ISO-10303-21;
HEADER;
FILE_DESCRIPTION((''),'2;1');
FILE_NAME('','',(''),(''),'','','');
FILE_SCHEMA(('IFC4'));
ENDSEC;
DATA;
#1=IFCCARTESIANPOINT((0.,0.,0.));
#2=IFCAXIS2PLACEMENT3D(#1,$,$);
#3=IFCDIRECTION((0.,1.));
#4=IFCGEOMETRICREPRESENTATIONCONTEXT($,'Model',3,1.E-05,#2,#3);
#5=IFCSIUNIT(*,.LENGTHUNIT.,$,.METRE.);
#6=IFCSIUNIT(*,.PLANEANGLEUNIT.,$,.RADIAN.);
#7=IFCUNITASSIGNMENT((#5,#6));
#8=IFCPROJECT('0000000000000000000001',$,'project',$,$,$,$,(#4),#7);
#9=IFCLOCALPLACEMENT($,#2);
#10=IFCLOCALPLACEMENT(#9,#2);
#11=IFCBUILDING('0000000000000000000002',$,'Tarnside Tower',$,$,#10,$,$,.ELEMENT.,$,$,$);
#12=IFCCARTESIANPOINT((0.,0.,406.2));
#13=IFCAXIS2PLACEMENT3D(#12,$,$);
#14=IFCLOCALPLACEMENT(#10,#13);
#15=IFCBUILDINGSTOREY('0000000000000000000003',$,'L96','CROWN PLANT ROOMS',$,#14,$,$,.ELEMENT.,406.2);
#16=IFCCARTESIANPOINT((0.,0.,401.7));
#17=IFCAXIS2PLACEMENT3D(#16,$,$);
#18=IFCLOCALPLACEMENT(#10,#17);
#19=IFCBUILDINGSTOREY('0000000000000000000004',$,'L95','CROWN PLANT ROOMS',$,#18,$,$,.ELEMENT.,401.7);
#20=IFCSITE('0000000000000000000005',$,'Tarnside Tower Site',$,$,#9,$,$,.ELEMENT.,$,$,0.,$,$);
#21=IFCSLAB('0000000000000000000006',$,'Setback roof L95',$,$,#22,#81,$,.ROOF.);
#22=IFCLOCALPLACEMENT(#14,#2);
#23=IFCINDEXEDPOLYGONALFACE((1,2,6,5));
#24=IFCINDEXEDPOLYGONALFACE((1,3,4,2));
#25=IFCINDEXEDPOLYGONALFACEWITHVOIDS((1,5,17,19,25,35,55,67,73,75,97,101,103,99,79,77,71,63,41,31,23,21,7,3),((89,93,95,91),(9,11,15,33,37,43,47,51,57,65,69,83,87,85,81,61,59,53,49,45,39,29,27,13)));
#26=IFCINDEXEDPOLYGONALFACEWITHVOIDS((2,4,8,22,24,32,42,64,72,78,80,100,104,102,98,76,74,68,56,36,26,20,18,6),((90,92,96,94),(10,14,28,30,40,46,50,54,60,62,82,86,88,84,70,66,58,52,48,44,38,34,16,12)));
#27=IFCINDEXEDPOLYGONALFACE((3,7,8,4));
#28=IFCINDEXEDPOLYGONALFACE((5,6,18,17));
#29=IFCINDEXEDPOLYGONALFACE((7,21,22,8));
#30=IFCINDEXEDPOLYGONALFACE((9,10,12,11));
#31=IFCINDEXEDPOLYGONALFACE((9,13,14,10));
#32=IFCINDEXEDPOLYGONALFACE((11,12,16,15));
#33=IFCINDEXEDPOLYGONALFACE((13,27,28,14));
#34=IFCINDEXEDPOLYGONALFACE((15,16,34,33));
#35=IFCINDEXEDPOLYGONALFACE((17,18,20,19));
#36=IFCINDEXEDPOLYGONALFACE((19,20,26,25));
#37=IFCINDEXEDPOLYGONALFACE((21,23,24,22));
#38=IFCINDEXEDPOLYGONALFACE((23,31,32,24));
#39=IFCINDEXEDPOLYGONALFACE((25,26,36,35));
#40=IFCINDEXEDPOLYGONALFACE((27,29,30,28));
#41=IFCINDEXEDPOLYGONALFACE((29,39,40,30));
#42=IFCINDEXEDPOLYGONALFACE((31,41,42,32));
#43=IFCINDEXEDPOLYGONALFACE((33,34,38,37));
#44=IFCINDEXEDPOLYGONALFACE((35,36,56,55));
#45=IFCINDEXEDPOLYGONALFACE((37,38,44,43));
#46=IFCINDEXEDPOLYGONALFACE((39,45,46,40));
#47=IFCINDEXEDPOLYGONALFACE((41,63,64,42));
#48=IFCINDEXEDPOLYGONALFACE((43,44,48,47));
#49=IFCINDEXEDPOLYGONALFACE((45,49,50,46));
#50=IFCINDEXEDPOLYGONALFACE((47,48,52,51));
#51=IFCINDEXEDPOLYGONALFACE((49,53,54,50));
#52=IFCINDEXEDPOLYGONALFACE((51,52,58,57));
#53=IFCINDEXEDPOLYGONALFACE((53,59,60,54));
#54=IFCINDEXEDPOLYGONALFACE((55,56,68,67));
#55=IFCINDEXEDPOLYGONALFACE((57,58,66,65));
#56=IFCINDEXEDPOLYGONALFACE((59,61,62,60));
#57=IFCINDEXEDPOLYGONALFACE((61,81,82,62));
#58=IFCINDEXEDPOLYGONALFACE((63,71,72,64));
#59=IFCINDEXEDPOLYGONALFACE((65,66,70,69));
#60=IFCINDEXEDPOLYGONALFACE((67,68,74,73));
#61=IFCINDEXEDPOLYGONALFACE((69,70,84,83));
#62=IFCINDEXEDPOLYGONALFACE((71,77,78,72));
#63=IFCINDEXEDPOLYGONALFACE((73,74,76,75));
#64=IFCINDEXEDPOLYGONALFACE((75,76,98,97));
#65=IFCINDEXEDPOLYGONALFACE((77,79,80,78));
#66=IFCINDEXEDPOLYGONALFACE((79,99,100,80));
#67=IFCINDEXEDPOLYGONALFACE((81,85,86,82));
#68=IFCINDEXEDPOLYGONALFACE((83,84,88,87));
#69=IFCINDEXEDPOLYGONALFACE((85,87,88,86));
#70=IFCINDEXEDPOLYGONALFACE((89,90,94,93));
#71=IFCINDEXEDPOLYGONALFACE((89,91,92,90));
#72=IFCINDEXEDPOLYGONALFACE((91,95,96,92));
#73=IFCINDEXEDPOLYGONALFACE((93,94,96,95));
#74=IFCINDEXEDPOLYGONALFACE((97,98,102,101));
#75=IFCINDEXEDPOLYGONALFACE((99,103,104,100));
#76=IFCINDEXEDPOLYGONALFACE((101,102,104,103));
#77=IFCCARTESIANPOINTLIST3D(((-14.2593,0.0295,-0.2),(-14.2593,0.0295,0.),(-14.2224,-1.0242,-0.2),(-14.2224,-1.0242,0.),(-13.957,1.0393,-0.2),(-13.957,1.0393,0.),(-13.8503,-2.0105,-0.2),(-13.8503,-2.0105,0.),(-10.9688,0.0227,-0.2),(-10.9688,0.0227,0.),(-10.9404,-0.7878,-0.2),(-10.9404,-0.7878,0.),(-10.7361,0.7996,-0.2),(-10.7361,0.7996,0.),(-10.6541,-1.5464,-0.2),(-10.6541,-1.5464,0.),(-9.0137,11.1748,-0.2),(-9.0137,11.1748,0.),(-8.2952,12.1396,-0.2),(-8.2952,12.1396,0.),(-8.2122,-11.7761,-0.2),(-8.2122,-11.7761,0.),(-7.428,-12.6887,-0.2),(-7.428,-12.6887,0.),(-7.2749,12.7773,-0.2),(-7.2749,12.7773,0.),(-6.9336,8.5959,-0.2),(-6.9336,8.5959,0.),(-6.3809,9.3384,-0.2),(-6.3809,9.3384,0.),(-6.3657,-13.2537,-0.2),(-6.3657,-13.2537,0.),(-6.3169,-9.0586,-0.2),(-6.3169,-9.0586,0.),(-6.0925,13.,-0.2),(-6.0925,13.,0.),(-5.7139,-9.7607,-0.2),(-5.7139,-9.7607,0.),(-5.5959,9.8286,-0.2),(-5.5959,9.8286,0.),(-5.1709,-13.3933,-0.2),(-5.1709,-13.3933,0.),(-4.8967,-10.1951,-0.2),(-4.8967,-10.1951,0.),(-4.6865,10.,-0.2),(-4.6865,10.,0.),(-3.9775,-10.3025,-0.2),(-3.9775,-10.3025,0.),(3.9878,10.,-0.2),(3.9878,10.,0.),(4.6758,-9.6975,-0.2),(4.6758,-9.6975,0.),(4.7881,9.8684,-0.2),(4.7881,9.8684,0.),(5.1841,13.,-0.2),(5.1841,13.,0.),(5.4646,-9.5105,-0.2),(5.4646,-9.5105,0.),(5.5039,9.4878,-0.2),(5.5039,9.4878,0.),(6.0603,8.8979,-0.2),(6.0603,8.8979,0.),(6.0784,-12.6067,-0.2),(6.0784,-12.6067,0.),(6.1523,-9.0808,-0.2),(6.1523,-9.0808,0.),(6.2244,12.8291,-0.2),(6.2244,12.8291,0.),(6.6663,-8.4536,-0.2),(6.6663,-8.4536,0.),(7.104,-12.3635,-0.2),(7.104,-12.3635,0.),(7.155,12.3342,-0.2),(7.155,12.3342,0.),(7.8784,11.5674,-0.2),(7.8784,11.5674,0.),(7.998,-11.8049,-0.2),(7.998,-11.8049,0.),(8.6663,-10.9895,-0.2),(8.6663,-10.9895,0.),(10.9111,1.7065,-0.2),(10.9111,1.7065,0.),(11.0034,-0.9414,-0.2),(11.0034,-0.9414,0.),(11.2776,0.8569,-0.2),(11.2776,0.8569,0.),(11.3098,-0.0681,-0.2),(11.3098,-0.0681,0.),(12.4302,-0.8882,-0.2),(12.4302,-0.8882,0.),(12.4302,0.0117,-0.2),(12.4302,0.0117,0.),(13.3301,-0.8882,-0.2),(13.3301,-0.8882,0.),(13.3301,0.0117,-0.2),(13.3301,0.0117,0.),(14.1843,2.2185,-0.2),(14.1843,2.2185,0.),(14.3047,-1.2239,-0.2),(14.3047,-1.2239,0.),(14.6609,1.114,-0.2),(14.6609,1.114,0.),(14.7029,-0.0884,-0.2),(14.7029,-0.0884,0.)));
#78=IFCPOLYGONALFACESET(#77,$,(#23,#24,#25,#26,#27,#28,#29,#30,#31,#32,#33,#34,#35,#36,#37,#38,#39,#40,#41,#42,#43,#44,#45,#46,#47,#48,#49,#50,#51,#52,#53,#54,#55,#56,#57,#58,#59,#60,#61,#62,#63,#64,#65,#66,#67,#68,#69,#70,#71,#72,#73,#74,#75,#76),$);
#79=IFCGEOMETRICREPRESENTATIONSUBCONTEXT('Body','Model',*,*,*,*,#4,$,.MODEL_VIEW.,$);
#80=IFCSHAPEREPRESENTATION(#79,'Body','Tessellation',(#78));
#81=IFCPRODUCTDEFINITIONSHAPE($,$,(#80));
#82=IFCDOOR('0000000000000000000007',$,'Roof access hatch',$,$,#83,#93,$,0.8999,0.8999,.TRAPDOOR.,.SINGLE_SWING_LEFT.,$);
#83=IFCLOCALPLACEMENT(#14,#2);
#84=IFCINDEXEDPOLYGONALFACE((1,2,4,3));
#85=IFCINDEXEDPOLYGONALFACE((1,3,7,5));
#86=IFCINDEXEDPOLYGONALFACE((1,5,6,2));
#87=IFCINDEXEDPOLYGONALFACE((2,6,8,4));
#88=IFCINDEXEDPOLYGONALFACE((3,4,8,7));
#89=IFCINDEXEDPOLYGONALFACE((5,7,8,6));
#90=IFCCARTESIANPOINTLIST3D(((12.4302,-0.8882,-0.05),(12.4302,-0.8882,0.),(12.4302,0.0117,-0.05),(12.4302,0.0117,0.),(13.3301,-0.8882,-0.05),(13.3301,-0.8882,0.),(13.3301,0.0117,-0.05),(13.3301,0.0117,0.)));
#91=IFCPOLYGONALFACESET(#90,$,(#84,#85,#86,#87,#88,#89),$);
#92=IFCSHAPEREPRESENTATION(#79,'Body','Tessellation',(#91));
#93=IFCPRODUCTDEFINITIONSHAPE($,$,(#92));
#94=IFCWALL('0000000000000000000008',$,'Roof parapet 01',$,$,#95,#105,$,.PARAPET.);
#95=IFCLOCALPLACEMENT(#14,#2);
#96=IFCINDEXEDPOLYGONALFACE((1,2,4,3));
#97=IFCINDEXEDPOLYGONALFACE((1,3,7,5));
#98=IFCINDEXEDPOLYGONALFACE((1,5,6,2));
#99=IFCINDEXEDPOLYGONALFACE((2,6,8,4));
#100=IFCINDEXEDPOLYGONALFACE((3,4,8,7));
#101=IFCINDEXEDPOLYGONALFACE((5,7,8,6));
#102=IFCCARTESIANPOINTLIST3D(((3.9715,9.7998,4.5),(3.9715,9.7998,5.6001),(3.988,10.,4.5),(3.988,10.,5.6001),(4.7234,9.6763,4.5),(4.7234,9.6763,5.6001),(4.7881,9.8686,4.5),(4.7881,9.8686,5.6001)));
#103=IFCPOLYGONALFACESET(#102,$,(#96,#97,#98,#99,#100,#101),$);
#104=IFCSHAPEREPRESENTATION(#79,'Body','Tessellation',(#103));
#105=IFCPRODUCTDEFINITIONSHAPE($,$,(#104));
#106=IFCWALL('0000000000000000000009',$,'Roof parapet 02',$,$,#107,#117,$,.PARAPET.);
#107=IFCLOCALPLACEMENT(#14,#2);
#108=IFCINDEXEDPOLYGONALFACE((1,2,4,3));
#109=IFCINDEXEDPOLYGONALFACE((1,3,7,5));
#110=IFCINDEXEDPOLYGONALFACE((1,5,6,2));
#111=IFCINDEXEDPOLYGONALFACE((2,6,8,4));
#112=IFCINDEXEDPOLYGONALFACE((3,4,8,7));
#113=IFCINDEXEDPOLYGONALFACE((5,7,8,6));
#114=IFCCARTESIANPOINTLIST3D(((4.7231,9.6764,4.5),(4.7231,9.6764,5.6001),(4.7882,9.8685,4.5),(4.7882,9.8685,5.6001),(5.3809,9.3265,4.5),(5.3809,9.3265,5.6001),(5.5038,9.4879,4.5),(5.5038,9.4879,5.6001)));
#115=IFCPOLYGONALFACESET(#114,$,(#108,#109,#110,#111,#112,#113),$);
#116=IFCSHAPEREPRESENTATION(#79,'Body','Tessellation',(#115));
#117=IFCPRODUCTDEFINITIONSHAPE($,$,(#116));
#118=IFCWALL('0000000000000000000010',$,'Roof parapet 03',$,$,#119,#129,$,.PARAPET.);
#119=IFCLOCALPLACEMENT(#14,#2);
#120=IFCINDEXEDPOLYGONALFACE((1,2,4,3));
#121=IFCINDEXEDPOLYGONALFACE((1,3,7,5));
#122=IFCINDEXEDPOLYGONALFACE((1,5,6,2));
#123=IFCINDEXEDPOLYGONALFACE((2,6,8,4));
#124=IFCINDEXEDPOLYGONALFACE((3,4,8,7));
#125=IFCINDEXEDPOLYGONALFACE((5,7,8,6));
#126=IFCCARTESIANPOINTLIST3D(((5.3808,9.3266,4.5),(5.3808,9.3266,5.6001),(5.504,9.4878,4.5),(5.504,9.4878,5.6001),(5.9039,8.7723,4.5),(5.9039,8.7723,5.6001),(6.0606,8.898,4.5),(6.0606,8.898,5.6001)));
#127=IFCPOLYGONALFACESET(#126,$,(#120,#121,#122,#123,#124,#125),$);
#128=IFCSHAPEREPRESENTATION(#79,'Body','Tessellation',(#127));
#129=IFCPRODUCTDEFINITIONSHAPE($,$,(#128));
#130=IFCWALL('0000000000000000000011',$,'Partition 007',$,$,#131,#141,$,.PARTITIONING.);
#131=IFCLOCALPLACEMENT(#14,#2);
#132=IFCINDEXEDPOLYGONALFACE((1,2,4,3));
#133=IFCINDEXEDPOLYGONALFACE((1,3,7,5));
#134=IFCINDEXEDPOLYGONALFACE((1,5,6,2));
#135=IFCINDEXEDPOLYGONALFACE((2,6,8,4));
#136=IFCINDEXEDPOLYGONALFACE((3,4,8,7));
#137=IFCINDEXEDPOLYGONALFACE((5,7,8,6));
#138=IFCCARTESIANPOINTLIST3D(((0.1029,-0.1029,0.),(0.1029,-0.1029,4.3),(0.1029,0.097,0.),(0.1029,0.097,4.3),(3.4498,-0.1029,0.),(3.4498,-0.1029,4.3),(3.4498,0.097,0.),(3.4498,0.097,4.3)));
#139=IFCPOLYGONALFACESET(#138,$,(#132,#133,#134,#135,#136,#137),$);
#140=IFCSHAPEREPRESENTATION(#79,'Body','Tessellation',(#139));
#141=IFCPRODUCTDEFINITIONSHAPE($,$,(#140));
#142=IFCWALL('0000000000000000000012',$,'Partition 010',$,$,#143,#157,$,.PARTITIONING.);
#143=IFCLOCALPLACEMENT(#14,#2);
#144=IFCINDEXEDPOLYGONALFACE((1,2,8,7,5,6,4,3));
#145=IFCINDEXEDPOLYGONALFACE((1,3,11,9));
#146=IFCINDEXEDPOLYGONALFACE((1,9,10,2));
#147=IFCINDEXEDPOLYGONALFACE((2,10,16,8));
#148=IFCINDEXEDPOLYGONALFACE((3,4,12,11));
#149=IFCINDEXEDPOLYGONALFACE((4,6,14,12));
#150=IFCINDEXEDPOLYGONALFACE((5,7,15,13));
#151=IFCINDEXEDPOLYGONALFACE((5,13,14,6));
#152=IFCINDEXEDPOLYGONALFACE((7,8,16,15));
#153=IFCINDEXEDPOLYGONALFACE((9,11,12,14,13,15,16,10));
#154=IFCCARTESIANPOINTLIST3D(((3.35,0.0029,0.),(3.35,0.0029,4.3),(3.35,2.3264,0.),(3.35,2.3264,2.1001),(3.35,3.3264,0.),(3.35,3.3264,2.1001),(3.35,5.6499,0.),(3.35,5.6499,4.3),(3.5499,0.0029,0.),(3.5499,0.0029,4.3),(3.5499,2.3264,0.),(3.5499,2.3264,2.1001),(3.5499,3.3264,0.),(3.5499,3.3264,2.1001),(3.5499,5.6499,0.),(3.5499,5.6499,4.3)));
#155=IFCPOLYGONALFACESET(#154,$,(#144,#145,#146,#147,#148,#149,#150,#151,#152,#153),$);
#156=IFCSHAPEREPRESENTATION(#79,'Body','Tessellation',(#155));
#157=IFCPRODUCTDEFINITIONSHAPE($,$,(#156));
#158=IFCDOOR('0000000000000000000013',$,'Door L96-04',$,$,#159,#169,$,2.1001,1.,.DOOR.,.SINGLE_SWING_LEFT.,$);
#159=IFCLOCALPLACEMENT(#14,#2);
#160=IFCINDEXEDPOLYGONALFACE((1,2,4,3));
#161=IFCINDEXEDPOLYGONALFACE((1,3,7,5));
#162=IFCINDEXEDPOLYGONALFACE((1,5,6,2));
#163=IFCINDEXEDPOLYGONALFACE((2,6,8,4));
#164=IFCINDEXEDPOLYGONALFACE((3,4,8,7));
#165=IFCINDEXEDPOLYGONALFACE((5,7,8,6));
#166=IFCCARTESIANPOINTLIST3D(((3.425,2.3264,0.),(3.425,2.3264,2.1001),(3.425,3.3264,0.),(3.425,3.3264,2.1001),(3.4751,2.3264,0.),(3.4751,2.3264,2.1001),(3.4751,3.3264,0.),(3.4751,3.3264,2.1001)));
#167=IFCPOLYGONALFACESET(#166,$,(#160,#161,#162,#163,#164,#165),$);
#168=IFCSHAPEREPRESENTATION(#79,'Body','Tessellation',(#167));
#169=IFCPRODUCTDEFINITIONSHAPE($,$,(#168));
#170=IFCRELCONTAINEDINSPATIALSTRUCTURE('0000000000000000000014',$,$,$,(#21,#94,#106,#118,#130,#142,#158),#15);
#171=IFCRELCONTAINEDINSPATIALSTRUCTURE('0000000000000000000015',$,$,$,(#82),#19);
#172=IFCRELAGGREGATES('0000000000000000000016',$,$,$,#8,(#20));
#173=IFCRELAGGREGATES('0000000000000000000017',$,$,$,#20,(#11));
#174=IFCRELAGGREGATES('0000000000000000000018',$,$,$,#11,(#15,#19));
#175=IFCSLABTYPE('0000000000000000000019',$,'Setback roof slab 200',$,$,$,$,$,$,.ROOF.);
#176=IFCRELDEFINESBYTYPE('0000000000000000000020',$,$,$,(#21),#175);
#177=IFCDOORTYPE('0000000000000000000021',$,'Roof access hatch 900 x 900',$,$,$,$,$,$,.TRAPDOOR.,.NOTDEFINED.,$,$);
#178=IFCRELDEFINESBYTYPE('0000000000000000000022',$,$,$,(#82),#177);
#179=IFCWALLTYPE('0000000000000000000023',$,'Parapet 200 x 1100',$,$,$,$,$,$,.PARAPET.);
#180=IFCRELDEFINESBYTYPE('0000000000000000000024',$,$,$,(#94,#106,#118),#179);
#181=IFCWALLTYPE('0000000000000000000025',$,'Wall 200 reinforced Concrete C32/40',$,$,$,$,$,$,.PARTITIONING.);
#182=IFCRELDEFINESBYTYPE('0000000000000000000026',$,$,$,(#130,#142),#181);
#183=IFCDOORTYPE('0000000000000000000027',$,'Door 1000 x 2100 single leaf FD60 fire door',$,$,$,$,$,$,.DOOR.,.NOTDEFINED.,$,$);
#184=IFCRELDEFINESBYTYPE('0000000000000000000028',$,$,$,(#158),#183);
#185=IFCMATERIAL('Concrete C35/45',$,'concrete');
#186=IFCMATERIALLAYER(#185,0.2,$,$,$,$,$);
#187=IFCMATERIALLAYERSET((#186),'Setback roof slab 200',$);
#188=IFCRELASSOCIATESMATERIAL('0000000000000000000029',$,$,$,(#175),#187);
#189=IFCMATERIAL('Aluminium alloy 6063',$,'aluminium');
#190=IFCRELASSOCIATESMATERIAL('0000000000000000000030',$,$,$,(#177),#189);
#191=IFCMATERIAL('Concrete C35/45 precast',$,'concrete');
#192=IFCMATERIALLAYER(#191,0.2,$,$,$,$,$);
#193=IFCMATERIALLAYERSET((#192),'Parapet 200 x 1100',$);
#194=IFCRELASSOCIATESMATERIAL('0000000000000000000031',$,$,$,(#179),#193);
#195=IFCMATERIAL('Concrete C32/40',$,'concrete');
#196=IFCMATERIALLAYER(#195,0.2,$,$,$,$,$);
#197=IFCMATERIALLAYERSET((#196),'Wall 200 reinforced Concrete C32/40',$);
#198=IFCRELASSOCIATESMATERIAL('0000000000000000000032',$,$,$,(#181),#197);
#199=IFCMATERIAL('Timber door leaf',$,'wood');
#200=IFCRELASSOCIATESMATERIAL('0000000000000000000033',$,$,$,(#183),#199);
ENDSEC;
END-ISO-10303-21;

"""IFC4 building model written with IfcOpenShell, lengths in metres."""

from ifc_helpers import new_model, si_unit, direction, frame, frame_2d, origin, origin_2d, place, context, subcontext, project, spatial, polyline, rectangle, outline, extrude, material, layer, layer_set, type_object, element, fill, save


model = new_model("IFC4")

# Units and contexts
model_context = context("Model", 3, precision=1e-05, world=origin(), true_north=direction((0.0, 1.0)))
body_context = subcontext(model_context, "Body", "Model", "MODEL_VIEW")
ifc_project = project(units=[si_unit("LENGTHUNIT", "METRE"), si_unit("PLANEANGLEUNIT", "RADIAN")], contexts=[model_context])

# Site, building, storey
site_placement = place(None, origin())
site = spatial("IfcSite", under=ifc_project, at=site_placement, Name="Tarnside Tower Site", CompositionType="ELEMENT", RefElevation=0.0)
building_placement = place(site_placement, origin())
building = spatial("IfcBuilding", under=site, at=building_placement, Name="Tarnside Tower", CompositionType="ELEMENT")
storey_1_placement = place(building_placement, frame((0.0, 0.0, 406.2)))
storey_1 = spatial("IfcBuildingStorey", under=building, at=storey_1_placement, Name="L96", Description="CROWN PLANT ROOMS", CompositionType="ELEMENT", Elevation=406.2)

# Shared definitions
ifc_material_1 = material(Name="Aluminium alloy 6063", Category="aluminium")

# Shared definitions
ifc_material_2 = material(Name="Concrete C35/45", Category="concrete")

# Slab, opening
ifc_layer_1 = layer(ifc_material_2, 0.2)
ifc_layer_set_1 = layer_set([ifc_layer_1], Name="Setback roof slab 200")
slab_type_1 = type_object("IfcSlabType", Name="Setback roof slab 200", PredefinedType="ROOF", material=ifc_layer_set_1)
slab_1_placement = place(storey_1_placement, frame((0.0, 0.0, -0.2)))
slab_1 = element("IfcSlab", 1, at=slab_1_placement, inside=storey_1, type_object=slab_type_1, Name="Setback roof L95", PredefinedType="ROOF", context=body_context, shape_type="SweptSolid", body=[
    extrude(outline(polyline([(6.2244, 12.8291), (7.155, 12.3342), (7.8784, 11.5674), (14.1843, 2.2185), (14.6609, 1.114), (14.7029, -0.0884), (14.3047, -1.2239), (8.6663, -10.9895), (7.998, -11.8049), (7.104, -12.3635), (6.0784, -12.6067), (-5.1709, -13.3933), (-6.3657, -13.2537), (-7.428, -12.6887), (-8.2122, -11.7761), (-13.8503, -2.0105), (-14.2224, -1.0242), (-14.2593, 0.0295), (-13.957, 1.0393), (-9.0137, 11.1748), (-8.2952, 12.1396), (-7.2749, 12.7773), (-6.0925, 13.0), (5.1841, 13.0), (6.2244, 12.8291)]), holes=[polyline([(3.9878, 10.0), (-4.6865, 10.0), (-5.5959, 9.8286), (-6.3809, 9.3384), (-6.9336, 8.5959), (-10.7361, 0.7996), (-10.9688, 0.0227), (-10.9404, -0.7878), (-10.6541, -1.5464), (-6.3169, -9.0586), (-5.7139, -9.7607), (-4.8967, -10.1951), (-3.9775, -10.3025), (4.6758, -9.6975), (5.4646, -9.5105), (6.1523, -9.0808), (6.6663, -8.4536), (11.0034, -0.9414), (11.3098, -0.0681), (11.2776, 0.8569), (10.9111, 1.7065), (6.0603, 8.8979), (5.5039, 9.4878), (4.7881, 9.8684), (3.9878, 10.0)])]), origin(), (0.0, 0.0, 1.0), 0.2),
])
opening_1_placement = place(slab_1_placement, frame((12.8801, -0.4382, 0.0)))
opening_1 = element("IfcOpeningElement", 2, at=opening_1_placement, cuts=slab_1, PredefinedType="OPENING", context=body_context, shape_type="SweptSolid", body=[
    extrude(rectangle(XDim=0.8999, YDim=0.8999, at=origin_2d()), origin(), (0.0, 0.0, 1.0), 0.2),
])

# Shared definitions
storey_2_placement = place(building_placement, frame((0.0, 0.0, 401.7)))
storey_2 = spatial("IfcBuildingStorey", under=building, at=storey_2_placement, Name="L95", Description="CROWN PLANT ROOMS", CompositionType="ELEMENT", Elevation=401.7)

# Door
door_type_1 = type_object("IfcDoorType", Name="Roof access hatch 900 x 900", OperationType="NOTDEFINED", PredefinedType="TRAPDOOR", material=ifc_material_1)
door_1_placement = place(opening_1_placement, frame((0.0, 0.0, 0.1499)))
door_1 = element("IfcDoor", 3, at=door_1_placement, inside=storey_2, type_object=door_type_1, Name="Roof access hatch", OperationType="SINGLE_SWING_LEFT", OverallHeight=0.8999, OverallWidth=0.8999, PredefinedType="TRAPDOOR", context=body_context, shape_type="SweptSolid", body=[
    extrude(rectangle(XDim=0.8999, YDim=0.8999, at=origin_2d()), origin(), (0.0, 0.0, 1.0), 0.05),
])
fill(opening_1, door_1)

# Walls
ifc_material_3 = material(Name="Concrete C35/45 precast", Category="concrete")
ifc_layer_2 = layer(ifc_material_3, 0.2)
ifc_layer_set_2 = layer_set([ifc_layer_2], Name="Parapet 200 x 1100")
wall_type_1 = type_object("IfcWallType", Name="Parapet 200 x 1100", PredefinedType="PARAPET", material=ifc_layer_set_2)
wall_1_placement = place(storey_1_placement, frame((3.9797, 9.8999, 4.5), z_axis=(0.0, 0.0, 1.0), x_axis=(0.986777, -0.162082, 0.0)))
element("IfcWall", 4, at=wall_1_placement, inside=storey_1, type_object=wall_type_1, Name="Roof parapet 01", PredefinedType="PARAPET", context=body_context, shape_type="SweptSolid", body=[
    extrude(outline(polyline([(0.0081, -0.1001), (0.77, -0.1001), (0.8027, 0.1001), (-0.0081, 0.1001), (0.0081, -0.1001)])), origin(), (0.0, 0.0, 1.0), 1.1001),
])
wall_2_placement = place(storey_1_placement, frame((4.7556, 9.7725, 4.5), z_axis=(0.0, 0.0, 1.0), x_axis=(0.882908, -0.469545, 0.0)))
element("IfcWall", 5, at=wall_2_placement, inside=storey_1, type_object=wall_type_1, Name="Roof parapet 02", PredefinedType="PARAPET", context=body_context, shape_type="SweptSolid", body=[
    extrude(outline(polyline([(0.0164, -0.1001), (0.7615, -0.1001), (0.7942, 0.1001), (-0.0164, 0.1001), (0.0164, -0.1001)])), origin(), (0.0, 0.0, 1.0), 1.1001),
])
wall_3_placement = place(storey_1_placement, frame((5.4424, 9.4072, 4.5), z_axis=(0.0, 0.0, 1.0), x_axis=(0.686323, -0.727297, 0.0)))
element("IfcWall", 6, at=wall_3_placement, inside=storey_1, type_object=wall_type_1, Name="Roof parapet 03", PredefinedType="PARAPET", context=body_context, shape_type="SweptSolid", body=[
    extrude(outline(polyline([(0.0164, -0.1001), (0.7786, -0.1001), (0.7947, 0.1001), (-0.0164, 0.1001), (0.0164, -0.1001)])), origin(), (0.0, 0.0, 1.0), 1.1001),
])
ifc_material_4 = material(Name="Concrete C32/40", Category="concrete")
ifc_layer_3 = layer(ifc_material_4, 0.2)
ifc_layer_set_3 = layer_set([ifc_layer_3], Name="Wall 200 reinforced Concrete C32/40")
wall_type_2 = type_object("IfcWallType", Name="Wall 200 reinforced Concrete C32/40", PredefinedType="PARTITIONING", material=ifc_layer_set_3)
wall_4_placement = place(storey_1_placement, frame((0.103, -0.0029, 0.0), z_axis=(0.0, 0.0, 1.0), x_axis=(1.0, 0.0, 0.0)))
element("IfcWall", 7, at=wall_4_placement, inside=storey_1, type_object=wall_type_2, Name="Partition 007", PredefinedType="PARTITIONING", context=body_context, shape_type="SweptSolid", body=[
    extrude(rectangle(XDim=3.3469, YDim=0.2, at=frame_2d((1.6733, 0.0))), origin(), (0.0, 0.0, 1.0), 4.3),
])

# Wall, opening, door
wall_5_placement = place(storey_1_placement, frame((3.45, 0.0029, 0.0), z_axis=(0.0, 0.0, 1.0), x_axis=(0.0, 1.0, 0.0)))
wall_5 = element("IfcWall", 8, at=wall_5_placement, inside=storey_1, type_object=wall_type_2, Name="Partition 010", PredefinedType="PARTITIONING", context=body_context, shape_type="SweptSolid", body=[
    extrude(rectangle(XDim=5.647, YDim=0.2, at=frame_2d((2.8235, 0.0))), origin(), (0.0, 0.0, 1.0), 4.3),
])
opening_2_placement = place(wall_5_placement, frame((2.3235, 0.0, 0.0)))
opening_2 = element("IfcOpeningElement", 9, at=opening_2_placement, cuts=wall_5, PredefinedType="OPENING", context=body_context, shape_type="SweptSolid", body=[
    extrude(rectangle(XDim=1.0, YDim=2.1001, at=frame_2d((0.5, 1.05))), frame((0.0, 0.1099, 0.0), z_axis=(0.0, -1.0, 0.0), x_axis=(1.0, 0.0, 0.0)), (0.0, 0.0, 1.0), 0.22),
])
ifc_material_5 = material(Name="Timber door leaf", Category="wood")
door_type_2 = type_object("IfcDoorType", Name="Door 1000 x 2100 single leaf FD60 fire door", OperationType="NOTDEFINED", PredefinedType="DOOR", material=ifc_material_5)
door_2_placement = place(opening_2_placement, origin())
door_2 = element("IfcDoor", 10, at=door_2_placement, inside=storey_1, type_object=door_type_2, Name="Door L96-04", OperationType="SINGLE_SWING_LEFT", OverallHeight=2.1001, OverallWidth=1.0, PredefinedType="DOOR", context=body_context, shape_type="SweptSolid", body=[
    extrude(rectangle(XDim=1.0, YDim=2.1001, at=frame_2d((0.5, 1.05))), frame((0.0, 0.0249, 0.0), z_axis=(0.0, -1.0, 0.0), x_axis=(1.0, 0.0, 0.0)), (0.0, 0.0, 1.0), 0.05),
])
fill(opening_2, door_2)

save(model, "model.ifc")
